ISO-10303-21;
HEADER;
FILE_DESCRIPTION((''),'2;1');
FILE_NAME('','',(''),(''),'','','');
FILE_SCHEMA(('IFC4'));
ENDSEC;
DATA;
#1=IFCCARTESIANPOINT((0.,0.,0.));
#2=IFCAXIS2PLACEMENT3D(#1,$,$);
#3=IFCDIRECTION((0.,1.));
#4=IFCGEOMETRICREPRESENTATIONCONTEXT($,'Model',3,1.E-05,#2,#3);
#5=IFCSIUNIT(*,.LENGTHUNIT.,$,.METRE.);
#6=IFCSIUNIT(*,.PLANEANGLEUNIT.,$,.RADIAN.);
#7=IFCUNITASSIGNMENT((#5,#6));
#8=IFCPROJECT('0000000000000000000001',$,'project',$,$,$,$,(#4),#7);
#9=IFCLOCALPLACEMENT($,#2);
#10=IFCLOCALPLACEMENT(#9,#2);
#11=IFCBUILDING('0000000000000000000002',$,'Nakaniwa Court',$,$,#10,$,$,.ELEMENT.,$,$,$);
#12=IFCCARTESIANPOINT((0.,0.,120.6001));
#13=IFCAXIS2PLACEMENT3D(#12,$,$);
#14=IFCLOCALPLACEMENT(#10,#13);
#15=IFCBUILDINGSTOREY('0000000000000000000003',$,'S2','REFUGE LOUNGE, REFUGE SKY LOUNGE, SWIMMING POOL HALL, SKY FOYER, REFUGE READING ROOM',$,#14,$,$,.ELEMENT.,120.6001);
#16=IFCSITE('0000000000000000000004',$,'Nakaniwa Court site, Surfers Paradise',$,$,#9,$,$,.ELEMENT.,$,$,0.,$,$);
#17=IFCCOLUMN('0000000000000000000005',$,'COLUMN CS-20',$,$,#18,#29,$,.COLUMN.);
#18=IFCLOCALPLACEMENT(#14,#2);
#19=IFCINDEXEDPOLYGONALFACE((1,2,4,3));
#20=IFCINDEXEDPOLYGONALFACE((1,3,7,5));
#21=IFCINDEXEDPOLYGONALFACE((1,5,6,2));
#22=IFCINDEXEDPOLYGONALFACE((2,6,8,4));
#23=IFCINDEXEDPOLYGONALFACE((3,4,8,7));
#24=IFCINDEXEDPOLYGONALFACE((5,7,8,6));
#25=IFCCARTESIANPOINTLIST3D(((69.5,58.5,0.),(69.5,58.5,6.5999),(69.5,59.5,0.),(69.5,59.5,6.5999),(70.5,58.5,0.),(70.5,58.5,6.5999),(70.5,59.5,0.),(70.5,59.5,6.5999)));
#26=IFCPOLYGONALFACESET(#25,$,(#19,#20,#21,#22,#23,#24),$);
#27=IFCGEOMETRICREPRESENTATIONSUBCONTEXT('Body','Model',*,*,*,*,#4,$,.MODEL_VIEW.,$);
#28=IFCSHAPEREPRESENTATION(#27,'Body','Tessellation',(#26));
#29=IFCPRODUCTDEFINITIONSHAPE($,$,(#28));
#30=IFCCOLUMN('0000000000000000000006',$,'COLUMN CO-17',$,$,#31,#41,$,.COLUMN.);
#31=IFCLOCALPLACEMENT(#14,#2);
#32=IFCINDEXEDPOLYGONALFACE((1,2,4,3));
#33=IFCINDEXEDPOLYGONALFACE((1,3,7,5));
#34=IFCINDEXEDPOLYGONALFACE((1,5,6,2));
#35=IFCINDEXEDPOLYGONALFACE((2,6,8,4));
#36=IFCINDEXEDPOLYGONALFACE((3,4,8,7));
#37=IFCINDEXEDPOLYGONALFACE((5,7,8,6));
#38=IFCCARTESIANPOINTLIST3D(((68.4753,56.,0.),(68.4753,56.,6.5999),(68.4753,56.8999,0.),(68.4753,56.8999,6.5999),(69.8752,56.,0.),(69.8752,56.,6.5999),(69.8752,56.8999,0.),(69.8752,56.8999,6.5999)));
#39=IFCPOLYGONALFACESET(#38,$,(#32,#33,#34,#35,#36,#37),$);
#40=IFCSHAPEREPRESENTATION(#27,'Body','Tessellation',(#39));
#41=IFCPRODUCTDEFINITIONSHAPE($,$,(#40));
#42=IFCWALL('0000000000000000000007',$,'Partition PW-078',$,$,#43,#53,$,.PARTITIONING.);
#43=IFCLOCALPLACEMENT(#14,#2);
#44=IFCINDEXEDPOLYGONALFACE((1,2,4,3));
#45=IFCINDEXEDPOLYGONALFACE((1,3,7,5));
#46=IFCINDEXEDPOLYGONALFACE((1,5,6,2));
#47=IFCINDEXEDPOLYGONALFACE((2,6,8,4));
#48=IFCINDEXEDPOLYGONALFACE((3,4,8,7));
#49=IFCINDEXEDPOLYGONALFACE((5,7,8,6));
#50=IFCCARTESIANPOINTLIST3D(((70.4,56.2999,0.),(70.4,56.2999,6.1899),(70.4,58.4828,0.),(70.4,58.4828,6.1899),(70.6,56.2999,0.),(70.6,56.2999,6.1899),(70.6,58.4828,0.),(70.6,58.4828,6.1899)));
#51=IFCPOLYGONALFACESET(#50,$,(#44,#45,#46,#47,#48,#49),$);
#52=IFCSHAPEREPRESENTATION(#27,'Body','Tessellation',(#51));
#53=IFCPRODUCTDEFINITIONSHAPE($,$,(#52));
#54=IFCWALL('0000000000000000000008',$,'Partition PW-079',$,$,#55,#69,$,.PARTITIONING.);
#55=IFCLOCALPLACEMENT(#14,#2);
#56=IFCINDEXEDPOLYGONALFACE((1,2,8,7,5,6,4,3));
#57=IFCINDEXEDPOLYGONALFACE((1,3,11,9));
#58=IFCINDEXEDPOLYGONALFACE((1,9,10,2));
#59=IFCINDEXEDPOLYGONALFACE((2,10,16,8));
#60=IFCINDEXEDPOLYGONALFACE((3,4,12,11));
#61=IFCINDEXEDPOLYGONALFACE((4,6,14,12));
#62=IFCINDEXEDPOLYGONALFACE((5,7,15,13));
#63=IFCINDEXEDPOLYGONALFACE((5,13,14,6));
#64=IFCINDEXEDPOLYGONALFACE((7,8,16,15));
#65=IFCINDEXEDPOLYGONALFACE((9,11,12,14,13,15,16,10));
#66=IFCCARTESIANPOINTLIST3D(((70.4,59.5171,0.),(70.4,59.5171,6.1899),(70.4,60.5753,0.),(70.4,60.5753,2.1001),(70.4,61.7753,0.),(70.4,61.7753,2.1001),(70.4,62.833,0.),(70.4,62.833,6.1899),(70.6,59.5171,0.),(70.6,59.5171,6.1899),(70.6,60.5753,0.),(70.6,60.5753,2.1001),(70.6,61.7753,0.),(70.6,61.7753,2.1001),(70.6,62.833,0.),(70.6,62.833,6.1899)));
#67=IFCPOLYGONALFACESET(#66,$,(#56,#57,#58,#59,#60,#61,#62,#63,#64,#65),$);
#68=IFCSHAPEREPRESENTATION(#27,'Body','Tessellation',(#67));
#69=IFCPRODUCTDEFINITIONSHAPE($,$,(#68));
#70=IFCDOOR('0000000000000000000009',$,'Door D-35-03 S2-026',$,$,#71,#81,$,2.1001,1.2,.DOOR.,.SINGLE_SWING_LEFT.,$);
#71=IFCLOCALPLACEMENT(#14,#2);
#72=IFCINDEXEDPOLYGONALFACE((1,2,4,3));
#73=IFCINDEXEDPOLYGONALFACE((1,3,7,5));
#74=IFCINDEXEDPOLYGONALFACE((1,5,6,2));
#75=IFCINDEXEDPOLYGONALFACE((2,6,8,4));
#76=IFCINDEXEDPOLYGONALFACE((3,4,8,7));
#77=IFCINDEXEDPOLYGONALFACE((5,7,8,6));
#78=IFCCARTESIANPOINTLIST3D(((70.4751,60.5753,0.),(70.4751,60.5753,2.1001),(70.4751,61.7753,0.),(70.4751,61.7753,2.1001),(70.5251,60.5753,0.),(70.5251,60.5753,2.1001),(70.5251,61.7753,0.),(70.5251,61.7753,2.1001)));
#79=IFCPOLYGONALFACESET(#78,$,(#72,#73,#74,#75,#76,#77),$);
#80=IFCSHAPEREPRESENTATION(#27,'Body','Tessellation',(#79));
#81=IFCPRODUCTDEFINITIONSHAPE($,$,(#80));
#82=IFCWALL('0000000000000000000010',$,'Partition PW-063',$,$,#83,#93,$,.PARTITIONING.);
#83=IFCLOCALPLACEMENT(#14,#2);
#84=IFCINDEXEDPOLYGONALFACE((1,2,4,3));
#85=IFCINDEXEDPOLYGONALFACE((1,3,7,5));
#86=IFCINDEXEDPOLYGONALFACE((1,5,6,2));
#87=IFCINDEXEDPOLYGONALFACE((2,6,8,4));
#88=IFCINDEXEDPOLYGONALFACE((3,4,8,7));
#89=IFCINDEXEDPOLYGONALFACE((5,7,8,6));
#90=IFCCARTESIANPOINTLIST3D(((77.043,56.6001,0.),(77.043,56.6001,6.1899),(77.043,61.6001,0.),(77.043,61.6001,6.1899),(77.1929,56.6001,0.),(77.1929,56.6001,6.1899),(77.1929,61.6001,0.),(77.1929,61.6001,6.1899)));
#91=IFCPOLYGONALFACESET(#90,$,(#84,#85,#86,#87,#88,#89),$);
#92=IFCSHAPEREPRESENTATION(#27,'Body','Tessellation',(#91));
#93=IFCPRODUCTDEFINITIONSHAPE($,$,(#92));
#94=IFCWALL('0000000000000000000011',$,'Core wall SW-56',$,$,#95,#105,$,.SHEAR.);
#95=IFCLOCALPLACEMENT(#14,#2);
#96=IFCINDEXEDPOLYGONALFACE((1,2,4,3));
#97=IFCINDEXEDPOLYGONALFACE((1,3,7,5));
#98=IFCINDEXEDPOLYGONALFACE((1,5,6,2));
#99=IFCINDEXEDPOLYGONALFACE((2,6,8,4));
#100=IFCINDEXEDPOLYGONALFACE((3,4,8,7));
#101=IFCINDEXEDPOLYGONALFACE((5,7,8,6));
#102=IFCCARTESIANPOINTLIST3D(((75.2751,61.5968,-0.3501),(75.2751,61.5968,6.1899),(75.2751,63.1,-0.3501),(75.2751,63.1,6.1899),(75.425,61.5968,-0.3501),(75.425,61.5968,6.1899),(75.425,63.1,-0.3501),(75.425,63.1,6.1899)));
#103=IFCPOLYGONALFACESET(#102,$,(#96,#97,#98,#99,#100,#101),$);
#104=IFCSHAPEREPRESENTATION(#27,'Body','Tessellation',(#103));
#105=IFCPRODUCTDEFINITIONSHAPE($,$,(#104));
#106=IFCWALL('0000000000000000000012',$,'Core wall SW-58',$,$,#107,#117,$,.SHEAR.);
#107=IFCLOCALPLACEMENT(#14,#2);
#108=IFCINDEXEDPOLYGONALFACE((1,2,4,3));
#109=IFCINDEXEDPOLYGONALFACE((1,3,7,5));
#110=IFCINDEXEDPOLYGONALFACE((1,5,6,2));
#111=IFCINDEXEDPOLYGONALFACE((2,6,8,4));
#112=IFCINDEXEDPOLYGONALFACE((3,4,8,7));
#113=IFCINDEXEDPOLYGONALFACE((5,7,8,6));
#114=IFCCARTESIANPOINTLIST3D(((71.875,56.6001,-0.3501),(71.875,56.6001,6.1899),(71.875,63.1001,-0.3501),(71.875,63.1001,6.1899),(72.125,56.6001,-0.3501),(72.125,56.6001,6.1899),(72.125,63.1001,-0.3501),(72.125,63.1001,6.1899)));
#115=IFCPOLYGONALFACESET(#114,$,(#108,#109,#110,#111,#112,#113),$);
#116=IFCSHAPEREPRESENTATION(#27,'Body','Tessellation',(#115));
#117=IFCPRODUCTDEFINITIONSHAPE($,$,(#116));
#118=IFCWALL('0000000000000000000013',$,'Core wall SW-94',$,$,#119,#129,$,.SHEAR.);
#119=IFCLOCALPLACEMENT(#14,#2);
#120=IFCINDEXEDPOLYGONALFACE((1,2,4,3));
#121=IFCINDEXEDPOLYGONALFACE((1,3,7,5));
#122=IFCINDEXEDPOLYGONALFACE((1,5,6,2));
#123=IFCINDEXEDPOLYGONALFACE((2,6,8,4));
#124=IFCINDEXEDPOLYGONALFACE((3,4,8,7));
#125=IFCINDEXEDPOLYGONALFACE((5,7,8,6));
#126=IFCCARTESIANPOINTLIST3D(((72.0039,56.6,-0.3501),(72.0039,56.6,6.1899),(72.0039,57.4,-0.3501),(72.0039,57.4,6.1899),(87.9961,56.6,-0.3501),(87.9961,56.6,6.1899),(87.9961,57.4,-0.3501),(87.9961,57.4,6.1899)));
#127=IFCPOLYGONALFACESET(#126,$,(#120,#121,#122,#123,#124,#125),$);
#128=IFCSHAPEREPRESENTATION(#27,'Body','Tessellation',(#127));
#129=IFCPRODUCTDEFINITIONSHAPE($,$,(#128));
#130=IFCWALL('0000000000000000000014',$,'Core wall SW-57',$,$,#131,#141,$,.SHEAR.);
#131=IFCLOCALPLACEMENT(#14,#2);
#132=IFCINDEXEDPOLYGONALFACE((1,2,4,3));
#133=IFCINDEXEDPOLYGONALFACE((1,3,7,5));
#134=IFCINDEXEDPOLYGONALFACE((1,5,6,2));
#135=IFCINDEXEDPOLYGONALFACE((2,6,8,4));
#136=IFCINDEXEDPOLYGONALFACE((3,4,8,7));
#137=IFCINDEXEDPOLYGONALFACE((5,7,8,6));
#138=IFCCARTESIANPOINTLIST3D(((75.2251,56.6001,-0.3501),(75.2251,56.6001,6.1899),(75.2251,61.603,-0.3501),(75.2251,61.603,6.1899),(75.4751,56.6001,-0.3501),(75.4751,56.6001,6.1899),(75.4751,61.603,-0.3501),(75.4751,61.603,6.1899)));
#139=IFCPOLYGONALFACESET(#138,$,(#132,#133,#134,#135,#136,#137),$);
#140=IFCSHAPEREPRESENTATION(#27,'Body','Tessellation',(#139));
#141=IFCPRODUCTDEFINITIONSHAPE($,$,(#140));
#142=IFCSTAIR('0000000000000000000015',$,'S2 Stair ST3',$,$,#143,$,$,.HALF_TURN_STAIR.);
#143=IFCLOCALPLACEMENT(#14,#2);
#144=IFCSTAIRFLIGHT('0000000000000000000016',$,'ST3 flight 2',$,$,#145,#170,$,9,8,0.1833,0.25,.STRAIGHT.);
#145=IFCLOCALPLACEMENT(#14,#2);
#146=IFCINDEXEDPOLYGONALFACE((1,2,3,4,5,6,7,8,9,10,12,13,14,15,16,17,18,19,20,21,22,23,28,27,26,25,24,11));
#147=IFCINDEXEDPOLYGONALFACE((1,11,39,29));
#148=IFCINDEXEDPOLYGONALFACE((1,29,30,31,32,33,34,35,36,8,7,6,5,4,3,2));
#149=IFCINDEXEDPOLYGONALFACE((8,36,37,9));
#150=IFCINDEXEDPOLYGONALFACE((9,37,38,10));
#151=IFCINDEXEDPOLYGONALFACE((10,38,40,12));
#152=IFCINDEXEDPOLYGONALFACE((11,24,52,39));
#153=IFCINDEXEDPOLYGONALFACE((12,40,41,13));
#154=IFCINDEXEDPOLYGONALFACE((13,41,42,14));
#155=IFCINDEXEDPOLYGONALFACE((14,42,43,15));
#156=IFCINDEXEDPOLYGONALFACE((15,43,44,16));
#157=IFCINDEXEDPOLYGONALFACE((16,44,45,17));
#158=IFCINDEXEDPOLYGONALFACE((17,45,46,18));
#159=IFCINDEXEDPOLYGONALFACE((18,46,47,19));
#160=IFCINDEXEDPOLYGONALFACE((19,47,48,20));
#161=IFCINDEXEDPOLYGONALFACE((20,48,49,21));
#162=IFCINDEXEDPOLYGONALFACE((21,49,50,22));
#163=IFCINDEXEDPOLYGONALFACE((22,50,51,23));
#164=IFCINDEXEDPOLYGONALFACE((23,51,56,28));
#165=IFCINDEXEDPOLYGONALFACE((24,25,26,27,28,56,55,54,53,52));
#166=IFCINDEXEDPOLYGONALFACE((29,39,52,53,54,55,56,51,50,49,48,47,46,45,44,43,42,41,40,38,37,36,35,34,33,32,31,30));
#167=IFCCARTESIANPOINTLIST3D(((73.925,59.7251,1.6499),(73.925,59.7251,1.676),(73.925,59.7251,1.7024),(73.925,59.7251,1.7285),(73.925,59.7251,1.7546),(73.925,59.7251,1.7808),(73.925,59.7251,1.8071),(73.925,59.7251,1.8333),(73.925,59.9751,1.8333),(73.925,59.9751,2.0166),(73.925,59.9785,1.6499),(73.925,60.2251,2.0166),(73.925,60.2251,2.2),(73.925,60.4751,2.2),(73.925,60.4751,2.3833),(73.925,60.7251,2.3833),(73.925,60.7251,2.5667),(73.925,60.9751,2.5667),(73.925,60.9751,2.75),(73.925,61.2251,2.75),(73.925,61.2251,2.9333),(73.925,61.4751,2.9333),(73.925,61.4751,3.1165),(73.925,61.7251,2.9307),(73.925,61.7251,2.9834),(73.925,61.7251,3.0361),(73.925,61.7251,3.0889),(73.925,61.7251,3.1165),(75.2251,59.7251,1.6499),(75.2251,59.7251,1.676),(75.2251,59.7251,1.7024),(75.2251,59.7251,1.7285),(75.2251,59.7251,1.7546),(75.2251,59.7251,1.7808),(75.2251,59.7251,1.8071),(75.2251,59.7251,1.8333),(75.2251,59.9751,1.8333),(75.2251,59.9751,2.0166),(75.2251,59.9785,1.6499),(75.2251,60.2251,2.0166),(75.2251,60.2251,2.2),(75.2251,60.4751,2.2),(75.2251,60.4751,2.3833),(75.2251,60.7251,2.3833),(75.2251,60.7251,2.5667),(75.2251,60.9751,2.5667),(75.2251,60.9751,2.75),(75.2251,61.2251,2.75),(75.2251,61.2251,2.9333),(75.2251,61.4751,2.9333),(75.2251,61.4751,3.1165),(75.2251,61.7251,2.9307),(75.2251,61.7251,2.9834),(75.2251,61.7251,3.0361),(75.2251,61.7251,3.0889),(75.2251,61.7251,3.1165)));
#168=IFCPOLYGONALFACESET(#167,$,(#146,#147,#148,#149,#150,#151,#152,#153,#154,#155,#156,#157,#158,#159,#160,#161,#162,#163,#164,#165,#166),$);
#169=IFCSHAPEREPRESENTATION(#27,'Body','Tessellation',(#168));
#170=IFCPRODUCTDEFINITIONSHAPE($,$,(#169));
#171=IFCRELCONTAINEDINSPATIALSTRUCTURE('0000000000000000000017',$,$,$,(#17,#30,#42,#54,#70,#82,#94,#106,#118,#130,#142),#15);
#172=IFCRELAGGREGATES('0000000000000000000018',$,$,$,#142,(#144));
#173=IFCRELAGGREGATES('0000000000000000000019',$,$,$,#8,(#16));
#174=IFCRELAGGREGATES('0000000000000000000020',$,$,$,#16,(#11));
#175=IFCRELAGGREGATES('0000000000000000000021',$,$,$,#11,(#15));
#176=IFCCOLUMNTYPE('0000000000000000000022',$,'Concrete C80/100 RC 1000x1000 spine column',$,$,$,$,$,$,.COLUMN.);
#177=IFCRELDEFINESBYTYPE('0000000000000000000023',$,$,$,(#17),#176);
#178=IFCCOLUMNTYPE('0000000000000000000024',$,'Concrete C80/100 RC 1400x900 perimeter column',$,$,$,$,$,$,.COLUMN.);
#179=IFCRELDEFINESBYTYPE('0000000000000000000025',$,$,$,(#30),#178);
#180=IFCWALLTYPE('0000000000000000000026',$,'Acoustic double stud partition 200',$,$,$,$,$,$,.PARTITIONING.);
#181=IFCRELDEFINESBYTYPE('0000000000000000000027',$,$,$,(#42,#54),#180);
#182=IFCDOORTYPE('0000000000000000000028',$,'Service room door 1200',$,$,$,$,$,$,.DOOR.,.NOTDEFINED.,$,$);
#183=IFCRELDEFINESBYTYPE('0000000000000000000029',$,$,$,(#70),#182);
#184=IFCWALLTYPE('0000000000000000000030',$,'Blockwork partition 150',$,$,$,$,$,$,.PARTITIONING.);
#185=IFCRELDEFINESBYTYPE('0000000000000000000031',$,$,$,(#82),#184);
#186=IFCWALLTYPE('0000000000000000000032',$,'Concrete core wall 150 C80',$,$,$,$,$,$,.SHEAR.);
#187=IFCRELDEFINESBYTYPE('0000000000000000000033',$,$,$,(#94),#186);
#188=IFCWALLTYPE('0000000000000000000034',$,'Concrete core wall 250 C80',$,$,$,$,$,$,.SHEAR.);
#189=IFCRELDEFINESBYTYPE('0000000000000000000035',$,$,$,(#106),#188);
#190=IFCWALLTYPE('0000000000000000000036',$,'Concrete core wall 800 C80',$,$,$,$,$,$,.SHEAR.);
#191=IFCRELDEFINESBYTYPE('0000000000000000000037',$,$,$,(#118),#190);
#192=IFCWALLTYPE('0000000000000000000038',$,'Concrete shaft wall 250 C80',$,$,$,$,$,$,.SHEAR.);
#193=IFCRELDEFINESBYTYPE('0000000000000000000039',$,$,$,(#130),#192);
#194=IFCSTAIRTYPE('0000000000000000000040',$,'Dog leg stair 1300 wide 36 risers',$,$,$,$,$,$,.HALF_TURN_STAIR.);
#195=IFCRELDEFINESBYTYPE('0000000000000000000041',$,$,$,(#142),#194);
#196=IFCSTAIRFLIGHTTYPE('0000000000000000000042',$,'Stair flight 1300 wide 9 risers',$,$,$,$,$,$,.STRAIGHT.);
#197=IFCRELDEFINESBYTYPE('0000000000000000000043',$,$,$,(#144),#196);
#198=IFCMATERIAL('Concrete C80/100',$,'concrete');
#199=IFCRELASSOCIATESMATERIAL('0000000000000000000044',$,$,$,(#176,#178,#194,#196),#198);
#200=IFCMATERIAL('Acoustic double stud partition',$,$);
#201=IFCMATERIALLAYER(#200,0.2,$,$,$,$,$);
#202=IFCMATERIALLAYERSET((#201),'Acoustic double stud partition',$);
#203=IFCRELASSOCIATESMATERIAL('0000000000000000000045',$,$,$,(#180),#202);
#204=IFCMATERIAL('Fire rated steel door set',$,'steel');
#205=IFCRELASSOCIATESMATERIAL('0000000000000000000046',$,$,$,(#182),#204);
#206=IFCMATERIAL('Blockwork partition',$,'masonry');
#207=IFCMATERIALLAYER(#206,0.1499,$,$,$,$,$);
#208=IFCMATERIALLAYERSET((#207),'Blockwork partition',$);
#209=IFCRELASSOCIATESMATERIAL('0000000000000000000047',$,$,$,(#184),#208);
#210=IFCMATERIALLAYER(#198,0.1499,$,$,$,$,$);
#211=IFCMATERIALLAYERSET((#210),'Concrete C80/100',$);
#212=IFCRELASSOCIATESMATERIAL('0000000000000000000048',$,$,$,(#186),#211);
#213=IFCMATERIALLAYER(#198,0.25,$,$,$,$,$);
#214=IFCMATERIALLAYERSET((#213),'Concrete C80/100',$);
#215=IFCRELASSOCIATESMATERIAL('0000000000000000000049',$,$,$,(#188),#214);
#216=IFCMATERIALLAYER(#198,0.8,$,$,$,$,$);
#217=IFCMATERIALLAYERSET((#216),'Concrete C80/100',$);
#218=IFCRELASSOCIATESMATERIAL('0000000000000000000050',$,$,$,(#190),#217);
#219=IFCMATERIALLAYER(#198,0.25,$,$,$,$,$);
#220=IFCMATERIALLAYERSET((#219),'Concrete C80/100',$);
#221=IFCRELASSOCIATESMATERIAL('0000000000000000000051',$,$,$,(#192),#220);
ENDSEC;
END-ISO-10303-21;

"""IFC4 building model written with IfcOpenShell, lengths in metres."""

from ifc_helpers import new_model, si_unit, direction, frame, frame_2d, origin, origin_2d, place, context, subcontext, project, spatial, polyline, rectangle, outline, extrude, material, layer, layer_set, material_profile, profile_set, type_object, element, fill, aggregate, save


model = new_model("IFC4")

# Units and contexts
model_context = context("Model", 3, precision=1e-05, world=origin(), true_north=direction((0.0, 1.0)))
body_context = subcontext(model_context, "Body", "Model", "MODEL_VIEW")
ifc_project = project(units=[si_unit("LENGTHUNIT", "METRE"), si_unit("PLANEANGLEUNIT", "RADIAN")], contexts=[model_context])

# Site, building, storey
site_placement = place(None, origin())
site = spatial("IfcSite", under=ifc_project, at=site_placement, Name="Nakaniwa Court site, Surfers Paradise", CompositionType="ELEMENT", RefElevation=0.0)
building_placement = place(site_placement, origin())
building = spatial("IfcBuilding", under=site, at=building_placement, Name="Nakaniwa Court", CompositionType="ELEMENT")
storey_placement = place(building_placement, frame((0.0, 0.0, 120.6001)))
storey = spatial("IfcBuildingStorey", under=building, at=storey_placement, Name="S2", Description="REFUGE LOUNGE, REFUGE SKY LOUNGE, SWIMMING POOL HALL, SKY FOYER, REFUGE READING ROOM", CompositionType="ELEMENT", Elevation=120.6001)

# Columns
ifc_material_1 = material(Name="Concrete C80/100", Category="concrete")
ifc_material_profile_1 = material_profile(ifc_material_1, rectangle(XDim=1.0, YDim=1.0, at=origin_2d()), Name="Concrete C80/100 RC 1000x1000 spine column")
ifc_profile_set_1 = profile_set([ifc_material_profile_1], Name="Concrete C80/100")
column_type_1 = type_object("IfcColumnType", Name="Concrete C80/100 RC 1000x1000 spine column", PredefinedType="COLUMN", material=ifc_profile_set_1)
column_1_placement = place(storey_placement, frame((70.0, 59.0, 0.0), z_axis=(0.0, 0.0, 1.0), x_axis=(0.0, -1.0, 0.0)))
element("IfcColumn", 1, at=column_1_placement, inside=storey, type_object=column_type_1, Name="COLUMN CS-20", PredefinedType="COLUMN", context=body_context, shape_type="SweptSolid", body=[
    extrude(rectangle(XDim=1.0, YDim=1.0, at=origin_2d()), origin(), (0.0, 0.0, 1.0), 6.5999),
])
ifc_material_profile_2 = material_profile(ifc_material_1, rectangle(XDim=1.3999, YDim=0.8999, at=origin_2d()), Name="Concrete C80/100 RC 1400x900 perimeter column")
ifc_profile_set_2 = profile_set([ifc_material_profile_2], Name="Concrete C80/100")
column_type_2 = type_object("IfcColumnType", Name="Concrete C80/100 RC 1400x900 perimeter column", PredefinedType="COLUMN", material=ifc_profile_set_2)
column_2_placement = place(storey_placement, frame((69.1753, 56.45, 0.0), z_axis=(0.0, 0.0, 1.0), x_axis=(1.0, 0.0, 0.0)))
element("IfcColumn", 2, at=column_2_placement, inside=storey, type_object=column_type_2, Name="COLUMN CO-17", PredefinedType="COLUMN", context=body_context, shape_type="SweptSolid", body=[
    extrude(rectangle(XDim=1.3999, YDim=0.8999, at=origin_2d()), origin(), (0.0, 0.0, 1.0), 6.5999),
])

# Wall
ifc_material_2 = material(Name="Acoustic double stud partition")
ifc_layer_1 = layer(ifc_material_2, 0.2)
ifc_layer_set_1 = layer_set([ifc_layer_1], Name="Acoustic double stud partition")
wall_type_1 = type_object("IfcWallType", Name="Acoustic double stud partition 200", PredefinedType="PARTITIONING", material=ifc_layer_set_1)
wall_1_placement = place(storey_placement, frame((70.5, 56.3, 0.0), z_axis=(0.0, 0.0, 1.0), x_axis=(0.0, 1.0, 0.0)))
element("IfcWall", 3, at=wall_1_placement, inside=storey, type_object=wall_type_1, Name="Partition PW-078", PredefinedType="PARTITIONING", context=body_context, shape_type="SweptSolid", body=[
    extrude(rectangle(XDim=2.1829, YDim=0.2, at=frame_2d((1.0913, 0.0))), origin(), (0.0, 0.0, 1.0), 6.1899),
])

# Wall, opening, door
wall_2_placement = place(storey_placement, frame((70.5, 59.5171, 0.0), z_axis=(0.0, 0.0, 1.0), x_axis=(0.0, 1.0, 0.0)))
wall_2 = element("IfcWall", 4, at=wall_2_placement, inside=storey, type_object=wall_type_1, Name="Partition PW-079", PredefinedType="PARTITIONING", context=body_context, shape_type="SweptSolid", body=[
    extrude(rectangle(XDim=3.3159, YDim=0.2, at=frame_2d((1.658, 0.0))), origin(), (0.0, 0.0, 1.0), 6.1899),
])
opening_placement = place(wall_2_placement, frame((1.0581, 0.0, 0.0)))
opening = element("IfcOpeningElement", 5, at=opening_placement, cuts=wall_2, PredefinedType="OPENING", context=body_context, shape_type="SweptSolid", body=[
    extrude(rectangle(XDim=1.2, YDim=2.1001, at=frame_2d((0.6001, 1.05))), frame((0.0, 0.1099, 0.0), z_axis=(0.0, -1.0, 0.0), x_axis=(1.0, 0.0, 0.0)), (0.0, 0.0, 1.0), 0.22),
])
ifc_material_3 = material(Name="Fire rated steel door set", Category="steel")
door_type = type_object("IfcDoorType", Name="Service room door 1200", OperationType="NOTDEFINED", PredefinedType="DOOR", material=ifc_material_3)
door_placement = place(opening_placement, origin())
door = element("IfcDoor", 6, at=door_placement, inside=storey, type_object=door_type, Name="Door D-35-03 S2-026", OperationType="SINGLE_SWING_LEFT", OverallHeight=2.1001, OverallWidth=1.2, PredefinedType="DOOR", context=body_context, shape_type="SweptSolid", body=[
    extrude(rectangle(XDim=1.2, YDim=2.1001, at=frame_2d((0.6001, 1.05))), frame((0.0, 0.0249, 0.0), z_axis=(0.0, -1.0, 0.0), x_axis=(1.0, 0.0, 0.0)), (0.0, 0.0, 1.0), 0.05),
])
fill(opening, door)

# Walls
ifc_material_4 = material(Name="Blockwork partition", Category="masonry")
ifc_layer_2 = layer(ifc_material_4, 0.1499)
ifc_layer_set_2 = layer_set([ifc_layer_2], Name="Blockwork partition")
wall_type_2 = type_object("IfcWallType", Name="Blockwork partition 150", PredefinedType="PARTITIONING", material=ifc_layer_set_2)
wall_3_placement = place(storey_placement, frame((77.1179, 56.6001, 0.0), z_axis=(0.0, 0.0, 1.0), x_axis=(0.0, 1.0, 0.0)))
element("IfcWall", 7, at=wall_3_placement, inside=storey, type_object=wall_type_2, Name="Partition PW-063", PredefinedType="PARTITIONING", context=body_context, shape_type="SweptSolid", body=[
    extrude(rectangle(XDim=5.0, YDim=0.1499, at=frame_2d((2.5, 0.0))), origin(), (0.0, 0.0, 1.0), 6.1899),
])
ifc_layer_3 = layer(ifc_material_1, 0.1499)
ifc_layer_set_3 = layer_set([ifc_layer_3], Name="Concrete C80/100")
wall_type_3 = type_object("IfcWallType", Name="Concrete core wall 150 C80", PredefinedType="SHEAR", material=ifc_layer_set_3)
wall_4_placement = place(storey_placement, frame((75.3501, 61.5969, -0.3501), z_axis=(0.0, 0.0, 1.0), x_axis=(0.0, 1.0, 0.0)))
element("IfcWall", 8, at=wall_4_placement, inside=storey, type_object=wall_type_3, Name="Core wall SW-56", PredefinedType="SHEAR", context=body_context, shape_type="SweptSolid", body=[
    extrude(rectangle(XDim=1.5032, YDim=0.1499, at=frame_2d((0.7515, 0.0))), origin(), (0.0, 0.0, 1.0), 6.54),
])
ifc_layer_4 = layer(ifc_material_1, 0.25)
ifc_layer_set_4 = layer_set([ifc_layer_4], Name="Concrete C80/100")
wall_type_4 = type_object("IfcWallType", Name="Concrete core wall 250 C80", PredefinedType="SHEAR", material=ifc_layer_set_4)
wall_5_placement = place(storey_placement, frame((72.0, 56.6001, -0.3501), z_axis=(0.0, 0.0, 1.0), x_axis=(0.0, 1.0, 0.0)))
element("IfcWall", 9, at=wall_5_placement, inside=storey, type_object=wall_type_4, Name="Core wall SW-58", PredefinedType="SHEAR", context=body_context, shape_type="SweptSolid", body=[
    extrude(rectangle(XDim=6.5, YDim=0.25, at=frame_2d((3.25, 0.0))), origin(), (0.0, 0.0, 1.0), 6.54),
])
ifc_layer_5 = layer(ifc_material_1, 0.8)
ifc_layer_set_5 = layer_set([ifc_layer_5], Name="Concrete C80/100")
wall_type_5 = type_object("IfcWallType", Name="Concrete core wall 800 C80", PredefinedType="SHEAR", material=ifc_layer_set_5)
wall_6_placement = place(storey_placement, frame((72.0039, 57.0, -0.3501), z_axis=(0.0, 0.0, 1.0), x_axis=(1.0, 0.0, 0.0)))
element("IfcWall", 10, at=wall_6_placement, inside=storey, type_object=wall_type_5, Name="Core wall SW-94", PredefinedType="SHEAR", context=body_context, shape_type="SweptSolid", body=[
    extrude(rectangle(XDim=15.9922, YDim=0.8, at=frame_2d((7.9961, 0.0))), origin(), (0.0, 0.0, 1.0), 6.54),
])
ifc_layer_6 = layer(ifc_material_1, 0.25)
ifc_layer_set_6 = layer_set([ifc_layer_6], Name="Concrete C80/100")
wall_type_6 = type_object("IfcWallType", Name="Concrete shaft wall 250 C80", PredefinedType="SHEAR", material=ifc_layer_set_6)
wall_7_placement = place(storey_placement, frame((75.3501, 56.6001, -0.3501), z_axis=(0.0, 0.0, 1.0), x_axis=(0.0, 1.0, 0.0)))
element("IfcWall", 11, at=wall_7_placement, inside=storey, type_object=wall_type_6, Name="Core wall SW-57", PredefinedType="SHEAR", context=body_context, shape_type="SweptSolid", body=[
    extrude(rectangle(XDim=5.0029, YDim=0.25, at=frame_2d((2.5015, 0.0))), origin(), (0.0, 0.0, 1.0), 6.54),
])

# Stair, stair flight
stair_type = type_object("IfcStairType", Name="Dog leg stair 1300 wide 36 risers", PredefinedType="HALF_TURN_STAIR", material=ifc_material_1)
stair_placement = place(storey_placement, origin())
stair = element("IfcStair", 12, at=stair_placement, inside=storey, type_object=stair_type, Name="S2 Stair ST3", PredefinedType="HALF_TURN_STAIR")
stair_flight_type = type_object("IfcStairFlightType", Name="Stair flight 1300 wide 9 risers", PredefinedType="STRAIGHT", material=ifc_material_1)
stair_flight_1_placement = place(storey_placement, frame((74.575, 59.7251, 1.6499), z_axis=(0.0, 0.0, 1.0), x_axis=(0.0, 1.0, 0.0)))
stair_flight_1 = element("IfcStairFlight", 13, at=stair_flight_1_placement, type_object=stair_flight_type, Name="ST3 flight 2", NumberOfRisers=9, NumberOfTreads=8, PredefinedType="STRAIGHT", RiserHeight=0.1833, TreadLength=0.25, context=body_context, shape_type="SweptSolid", body=[
    extrude(outline(polyline([(0.0, 0.0), (0.0, 0.0261), (0.0, 0.0525), (0.0, 0.0786), (0.0, 0.1047), (0.0, 0.1309), (0.0, 0.1572), (0.0, 0.1833), (0.25, 0.1833), (0.25, 0.3667), (0.5, 0.3667), (0.5, 0.55), (0.75, 0.55), (0.75, 0.7334), (1.0, 0.7334), (1.0, 0.9167), (1.25, 0.9167), (1.25, 1.1001), (1.5, 1.1001), (1.5, 1.2834), (1.75, 1.2834), (1.75, 1.4666), (2.0, 1.4666), (2.0, 1.6499), (2.0, 1.5972), (2.0, 1.5444), (2.0, 1.4917), (2.0, 1.439), (2.0, 1.3862), (2.0, 1.3335), (2.0, 1.2808), (0.2534, 0.0), (0.0, 0.0)])), frame((0.0, 0.6499, 0.0), z_axis=(0.0, -1.0, 0.0), x_axis=(1.0, 0.0, 0.0)), (0.0, 0.0, 1.0), 1.3),
])
aggregate(stair, [stair_flight_1])

save(model, "model.ifc")
